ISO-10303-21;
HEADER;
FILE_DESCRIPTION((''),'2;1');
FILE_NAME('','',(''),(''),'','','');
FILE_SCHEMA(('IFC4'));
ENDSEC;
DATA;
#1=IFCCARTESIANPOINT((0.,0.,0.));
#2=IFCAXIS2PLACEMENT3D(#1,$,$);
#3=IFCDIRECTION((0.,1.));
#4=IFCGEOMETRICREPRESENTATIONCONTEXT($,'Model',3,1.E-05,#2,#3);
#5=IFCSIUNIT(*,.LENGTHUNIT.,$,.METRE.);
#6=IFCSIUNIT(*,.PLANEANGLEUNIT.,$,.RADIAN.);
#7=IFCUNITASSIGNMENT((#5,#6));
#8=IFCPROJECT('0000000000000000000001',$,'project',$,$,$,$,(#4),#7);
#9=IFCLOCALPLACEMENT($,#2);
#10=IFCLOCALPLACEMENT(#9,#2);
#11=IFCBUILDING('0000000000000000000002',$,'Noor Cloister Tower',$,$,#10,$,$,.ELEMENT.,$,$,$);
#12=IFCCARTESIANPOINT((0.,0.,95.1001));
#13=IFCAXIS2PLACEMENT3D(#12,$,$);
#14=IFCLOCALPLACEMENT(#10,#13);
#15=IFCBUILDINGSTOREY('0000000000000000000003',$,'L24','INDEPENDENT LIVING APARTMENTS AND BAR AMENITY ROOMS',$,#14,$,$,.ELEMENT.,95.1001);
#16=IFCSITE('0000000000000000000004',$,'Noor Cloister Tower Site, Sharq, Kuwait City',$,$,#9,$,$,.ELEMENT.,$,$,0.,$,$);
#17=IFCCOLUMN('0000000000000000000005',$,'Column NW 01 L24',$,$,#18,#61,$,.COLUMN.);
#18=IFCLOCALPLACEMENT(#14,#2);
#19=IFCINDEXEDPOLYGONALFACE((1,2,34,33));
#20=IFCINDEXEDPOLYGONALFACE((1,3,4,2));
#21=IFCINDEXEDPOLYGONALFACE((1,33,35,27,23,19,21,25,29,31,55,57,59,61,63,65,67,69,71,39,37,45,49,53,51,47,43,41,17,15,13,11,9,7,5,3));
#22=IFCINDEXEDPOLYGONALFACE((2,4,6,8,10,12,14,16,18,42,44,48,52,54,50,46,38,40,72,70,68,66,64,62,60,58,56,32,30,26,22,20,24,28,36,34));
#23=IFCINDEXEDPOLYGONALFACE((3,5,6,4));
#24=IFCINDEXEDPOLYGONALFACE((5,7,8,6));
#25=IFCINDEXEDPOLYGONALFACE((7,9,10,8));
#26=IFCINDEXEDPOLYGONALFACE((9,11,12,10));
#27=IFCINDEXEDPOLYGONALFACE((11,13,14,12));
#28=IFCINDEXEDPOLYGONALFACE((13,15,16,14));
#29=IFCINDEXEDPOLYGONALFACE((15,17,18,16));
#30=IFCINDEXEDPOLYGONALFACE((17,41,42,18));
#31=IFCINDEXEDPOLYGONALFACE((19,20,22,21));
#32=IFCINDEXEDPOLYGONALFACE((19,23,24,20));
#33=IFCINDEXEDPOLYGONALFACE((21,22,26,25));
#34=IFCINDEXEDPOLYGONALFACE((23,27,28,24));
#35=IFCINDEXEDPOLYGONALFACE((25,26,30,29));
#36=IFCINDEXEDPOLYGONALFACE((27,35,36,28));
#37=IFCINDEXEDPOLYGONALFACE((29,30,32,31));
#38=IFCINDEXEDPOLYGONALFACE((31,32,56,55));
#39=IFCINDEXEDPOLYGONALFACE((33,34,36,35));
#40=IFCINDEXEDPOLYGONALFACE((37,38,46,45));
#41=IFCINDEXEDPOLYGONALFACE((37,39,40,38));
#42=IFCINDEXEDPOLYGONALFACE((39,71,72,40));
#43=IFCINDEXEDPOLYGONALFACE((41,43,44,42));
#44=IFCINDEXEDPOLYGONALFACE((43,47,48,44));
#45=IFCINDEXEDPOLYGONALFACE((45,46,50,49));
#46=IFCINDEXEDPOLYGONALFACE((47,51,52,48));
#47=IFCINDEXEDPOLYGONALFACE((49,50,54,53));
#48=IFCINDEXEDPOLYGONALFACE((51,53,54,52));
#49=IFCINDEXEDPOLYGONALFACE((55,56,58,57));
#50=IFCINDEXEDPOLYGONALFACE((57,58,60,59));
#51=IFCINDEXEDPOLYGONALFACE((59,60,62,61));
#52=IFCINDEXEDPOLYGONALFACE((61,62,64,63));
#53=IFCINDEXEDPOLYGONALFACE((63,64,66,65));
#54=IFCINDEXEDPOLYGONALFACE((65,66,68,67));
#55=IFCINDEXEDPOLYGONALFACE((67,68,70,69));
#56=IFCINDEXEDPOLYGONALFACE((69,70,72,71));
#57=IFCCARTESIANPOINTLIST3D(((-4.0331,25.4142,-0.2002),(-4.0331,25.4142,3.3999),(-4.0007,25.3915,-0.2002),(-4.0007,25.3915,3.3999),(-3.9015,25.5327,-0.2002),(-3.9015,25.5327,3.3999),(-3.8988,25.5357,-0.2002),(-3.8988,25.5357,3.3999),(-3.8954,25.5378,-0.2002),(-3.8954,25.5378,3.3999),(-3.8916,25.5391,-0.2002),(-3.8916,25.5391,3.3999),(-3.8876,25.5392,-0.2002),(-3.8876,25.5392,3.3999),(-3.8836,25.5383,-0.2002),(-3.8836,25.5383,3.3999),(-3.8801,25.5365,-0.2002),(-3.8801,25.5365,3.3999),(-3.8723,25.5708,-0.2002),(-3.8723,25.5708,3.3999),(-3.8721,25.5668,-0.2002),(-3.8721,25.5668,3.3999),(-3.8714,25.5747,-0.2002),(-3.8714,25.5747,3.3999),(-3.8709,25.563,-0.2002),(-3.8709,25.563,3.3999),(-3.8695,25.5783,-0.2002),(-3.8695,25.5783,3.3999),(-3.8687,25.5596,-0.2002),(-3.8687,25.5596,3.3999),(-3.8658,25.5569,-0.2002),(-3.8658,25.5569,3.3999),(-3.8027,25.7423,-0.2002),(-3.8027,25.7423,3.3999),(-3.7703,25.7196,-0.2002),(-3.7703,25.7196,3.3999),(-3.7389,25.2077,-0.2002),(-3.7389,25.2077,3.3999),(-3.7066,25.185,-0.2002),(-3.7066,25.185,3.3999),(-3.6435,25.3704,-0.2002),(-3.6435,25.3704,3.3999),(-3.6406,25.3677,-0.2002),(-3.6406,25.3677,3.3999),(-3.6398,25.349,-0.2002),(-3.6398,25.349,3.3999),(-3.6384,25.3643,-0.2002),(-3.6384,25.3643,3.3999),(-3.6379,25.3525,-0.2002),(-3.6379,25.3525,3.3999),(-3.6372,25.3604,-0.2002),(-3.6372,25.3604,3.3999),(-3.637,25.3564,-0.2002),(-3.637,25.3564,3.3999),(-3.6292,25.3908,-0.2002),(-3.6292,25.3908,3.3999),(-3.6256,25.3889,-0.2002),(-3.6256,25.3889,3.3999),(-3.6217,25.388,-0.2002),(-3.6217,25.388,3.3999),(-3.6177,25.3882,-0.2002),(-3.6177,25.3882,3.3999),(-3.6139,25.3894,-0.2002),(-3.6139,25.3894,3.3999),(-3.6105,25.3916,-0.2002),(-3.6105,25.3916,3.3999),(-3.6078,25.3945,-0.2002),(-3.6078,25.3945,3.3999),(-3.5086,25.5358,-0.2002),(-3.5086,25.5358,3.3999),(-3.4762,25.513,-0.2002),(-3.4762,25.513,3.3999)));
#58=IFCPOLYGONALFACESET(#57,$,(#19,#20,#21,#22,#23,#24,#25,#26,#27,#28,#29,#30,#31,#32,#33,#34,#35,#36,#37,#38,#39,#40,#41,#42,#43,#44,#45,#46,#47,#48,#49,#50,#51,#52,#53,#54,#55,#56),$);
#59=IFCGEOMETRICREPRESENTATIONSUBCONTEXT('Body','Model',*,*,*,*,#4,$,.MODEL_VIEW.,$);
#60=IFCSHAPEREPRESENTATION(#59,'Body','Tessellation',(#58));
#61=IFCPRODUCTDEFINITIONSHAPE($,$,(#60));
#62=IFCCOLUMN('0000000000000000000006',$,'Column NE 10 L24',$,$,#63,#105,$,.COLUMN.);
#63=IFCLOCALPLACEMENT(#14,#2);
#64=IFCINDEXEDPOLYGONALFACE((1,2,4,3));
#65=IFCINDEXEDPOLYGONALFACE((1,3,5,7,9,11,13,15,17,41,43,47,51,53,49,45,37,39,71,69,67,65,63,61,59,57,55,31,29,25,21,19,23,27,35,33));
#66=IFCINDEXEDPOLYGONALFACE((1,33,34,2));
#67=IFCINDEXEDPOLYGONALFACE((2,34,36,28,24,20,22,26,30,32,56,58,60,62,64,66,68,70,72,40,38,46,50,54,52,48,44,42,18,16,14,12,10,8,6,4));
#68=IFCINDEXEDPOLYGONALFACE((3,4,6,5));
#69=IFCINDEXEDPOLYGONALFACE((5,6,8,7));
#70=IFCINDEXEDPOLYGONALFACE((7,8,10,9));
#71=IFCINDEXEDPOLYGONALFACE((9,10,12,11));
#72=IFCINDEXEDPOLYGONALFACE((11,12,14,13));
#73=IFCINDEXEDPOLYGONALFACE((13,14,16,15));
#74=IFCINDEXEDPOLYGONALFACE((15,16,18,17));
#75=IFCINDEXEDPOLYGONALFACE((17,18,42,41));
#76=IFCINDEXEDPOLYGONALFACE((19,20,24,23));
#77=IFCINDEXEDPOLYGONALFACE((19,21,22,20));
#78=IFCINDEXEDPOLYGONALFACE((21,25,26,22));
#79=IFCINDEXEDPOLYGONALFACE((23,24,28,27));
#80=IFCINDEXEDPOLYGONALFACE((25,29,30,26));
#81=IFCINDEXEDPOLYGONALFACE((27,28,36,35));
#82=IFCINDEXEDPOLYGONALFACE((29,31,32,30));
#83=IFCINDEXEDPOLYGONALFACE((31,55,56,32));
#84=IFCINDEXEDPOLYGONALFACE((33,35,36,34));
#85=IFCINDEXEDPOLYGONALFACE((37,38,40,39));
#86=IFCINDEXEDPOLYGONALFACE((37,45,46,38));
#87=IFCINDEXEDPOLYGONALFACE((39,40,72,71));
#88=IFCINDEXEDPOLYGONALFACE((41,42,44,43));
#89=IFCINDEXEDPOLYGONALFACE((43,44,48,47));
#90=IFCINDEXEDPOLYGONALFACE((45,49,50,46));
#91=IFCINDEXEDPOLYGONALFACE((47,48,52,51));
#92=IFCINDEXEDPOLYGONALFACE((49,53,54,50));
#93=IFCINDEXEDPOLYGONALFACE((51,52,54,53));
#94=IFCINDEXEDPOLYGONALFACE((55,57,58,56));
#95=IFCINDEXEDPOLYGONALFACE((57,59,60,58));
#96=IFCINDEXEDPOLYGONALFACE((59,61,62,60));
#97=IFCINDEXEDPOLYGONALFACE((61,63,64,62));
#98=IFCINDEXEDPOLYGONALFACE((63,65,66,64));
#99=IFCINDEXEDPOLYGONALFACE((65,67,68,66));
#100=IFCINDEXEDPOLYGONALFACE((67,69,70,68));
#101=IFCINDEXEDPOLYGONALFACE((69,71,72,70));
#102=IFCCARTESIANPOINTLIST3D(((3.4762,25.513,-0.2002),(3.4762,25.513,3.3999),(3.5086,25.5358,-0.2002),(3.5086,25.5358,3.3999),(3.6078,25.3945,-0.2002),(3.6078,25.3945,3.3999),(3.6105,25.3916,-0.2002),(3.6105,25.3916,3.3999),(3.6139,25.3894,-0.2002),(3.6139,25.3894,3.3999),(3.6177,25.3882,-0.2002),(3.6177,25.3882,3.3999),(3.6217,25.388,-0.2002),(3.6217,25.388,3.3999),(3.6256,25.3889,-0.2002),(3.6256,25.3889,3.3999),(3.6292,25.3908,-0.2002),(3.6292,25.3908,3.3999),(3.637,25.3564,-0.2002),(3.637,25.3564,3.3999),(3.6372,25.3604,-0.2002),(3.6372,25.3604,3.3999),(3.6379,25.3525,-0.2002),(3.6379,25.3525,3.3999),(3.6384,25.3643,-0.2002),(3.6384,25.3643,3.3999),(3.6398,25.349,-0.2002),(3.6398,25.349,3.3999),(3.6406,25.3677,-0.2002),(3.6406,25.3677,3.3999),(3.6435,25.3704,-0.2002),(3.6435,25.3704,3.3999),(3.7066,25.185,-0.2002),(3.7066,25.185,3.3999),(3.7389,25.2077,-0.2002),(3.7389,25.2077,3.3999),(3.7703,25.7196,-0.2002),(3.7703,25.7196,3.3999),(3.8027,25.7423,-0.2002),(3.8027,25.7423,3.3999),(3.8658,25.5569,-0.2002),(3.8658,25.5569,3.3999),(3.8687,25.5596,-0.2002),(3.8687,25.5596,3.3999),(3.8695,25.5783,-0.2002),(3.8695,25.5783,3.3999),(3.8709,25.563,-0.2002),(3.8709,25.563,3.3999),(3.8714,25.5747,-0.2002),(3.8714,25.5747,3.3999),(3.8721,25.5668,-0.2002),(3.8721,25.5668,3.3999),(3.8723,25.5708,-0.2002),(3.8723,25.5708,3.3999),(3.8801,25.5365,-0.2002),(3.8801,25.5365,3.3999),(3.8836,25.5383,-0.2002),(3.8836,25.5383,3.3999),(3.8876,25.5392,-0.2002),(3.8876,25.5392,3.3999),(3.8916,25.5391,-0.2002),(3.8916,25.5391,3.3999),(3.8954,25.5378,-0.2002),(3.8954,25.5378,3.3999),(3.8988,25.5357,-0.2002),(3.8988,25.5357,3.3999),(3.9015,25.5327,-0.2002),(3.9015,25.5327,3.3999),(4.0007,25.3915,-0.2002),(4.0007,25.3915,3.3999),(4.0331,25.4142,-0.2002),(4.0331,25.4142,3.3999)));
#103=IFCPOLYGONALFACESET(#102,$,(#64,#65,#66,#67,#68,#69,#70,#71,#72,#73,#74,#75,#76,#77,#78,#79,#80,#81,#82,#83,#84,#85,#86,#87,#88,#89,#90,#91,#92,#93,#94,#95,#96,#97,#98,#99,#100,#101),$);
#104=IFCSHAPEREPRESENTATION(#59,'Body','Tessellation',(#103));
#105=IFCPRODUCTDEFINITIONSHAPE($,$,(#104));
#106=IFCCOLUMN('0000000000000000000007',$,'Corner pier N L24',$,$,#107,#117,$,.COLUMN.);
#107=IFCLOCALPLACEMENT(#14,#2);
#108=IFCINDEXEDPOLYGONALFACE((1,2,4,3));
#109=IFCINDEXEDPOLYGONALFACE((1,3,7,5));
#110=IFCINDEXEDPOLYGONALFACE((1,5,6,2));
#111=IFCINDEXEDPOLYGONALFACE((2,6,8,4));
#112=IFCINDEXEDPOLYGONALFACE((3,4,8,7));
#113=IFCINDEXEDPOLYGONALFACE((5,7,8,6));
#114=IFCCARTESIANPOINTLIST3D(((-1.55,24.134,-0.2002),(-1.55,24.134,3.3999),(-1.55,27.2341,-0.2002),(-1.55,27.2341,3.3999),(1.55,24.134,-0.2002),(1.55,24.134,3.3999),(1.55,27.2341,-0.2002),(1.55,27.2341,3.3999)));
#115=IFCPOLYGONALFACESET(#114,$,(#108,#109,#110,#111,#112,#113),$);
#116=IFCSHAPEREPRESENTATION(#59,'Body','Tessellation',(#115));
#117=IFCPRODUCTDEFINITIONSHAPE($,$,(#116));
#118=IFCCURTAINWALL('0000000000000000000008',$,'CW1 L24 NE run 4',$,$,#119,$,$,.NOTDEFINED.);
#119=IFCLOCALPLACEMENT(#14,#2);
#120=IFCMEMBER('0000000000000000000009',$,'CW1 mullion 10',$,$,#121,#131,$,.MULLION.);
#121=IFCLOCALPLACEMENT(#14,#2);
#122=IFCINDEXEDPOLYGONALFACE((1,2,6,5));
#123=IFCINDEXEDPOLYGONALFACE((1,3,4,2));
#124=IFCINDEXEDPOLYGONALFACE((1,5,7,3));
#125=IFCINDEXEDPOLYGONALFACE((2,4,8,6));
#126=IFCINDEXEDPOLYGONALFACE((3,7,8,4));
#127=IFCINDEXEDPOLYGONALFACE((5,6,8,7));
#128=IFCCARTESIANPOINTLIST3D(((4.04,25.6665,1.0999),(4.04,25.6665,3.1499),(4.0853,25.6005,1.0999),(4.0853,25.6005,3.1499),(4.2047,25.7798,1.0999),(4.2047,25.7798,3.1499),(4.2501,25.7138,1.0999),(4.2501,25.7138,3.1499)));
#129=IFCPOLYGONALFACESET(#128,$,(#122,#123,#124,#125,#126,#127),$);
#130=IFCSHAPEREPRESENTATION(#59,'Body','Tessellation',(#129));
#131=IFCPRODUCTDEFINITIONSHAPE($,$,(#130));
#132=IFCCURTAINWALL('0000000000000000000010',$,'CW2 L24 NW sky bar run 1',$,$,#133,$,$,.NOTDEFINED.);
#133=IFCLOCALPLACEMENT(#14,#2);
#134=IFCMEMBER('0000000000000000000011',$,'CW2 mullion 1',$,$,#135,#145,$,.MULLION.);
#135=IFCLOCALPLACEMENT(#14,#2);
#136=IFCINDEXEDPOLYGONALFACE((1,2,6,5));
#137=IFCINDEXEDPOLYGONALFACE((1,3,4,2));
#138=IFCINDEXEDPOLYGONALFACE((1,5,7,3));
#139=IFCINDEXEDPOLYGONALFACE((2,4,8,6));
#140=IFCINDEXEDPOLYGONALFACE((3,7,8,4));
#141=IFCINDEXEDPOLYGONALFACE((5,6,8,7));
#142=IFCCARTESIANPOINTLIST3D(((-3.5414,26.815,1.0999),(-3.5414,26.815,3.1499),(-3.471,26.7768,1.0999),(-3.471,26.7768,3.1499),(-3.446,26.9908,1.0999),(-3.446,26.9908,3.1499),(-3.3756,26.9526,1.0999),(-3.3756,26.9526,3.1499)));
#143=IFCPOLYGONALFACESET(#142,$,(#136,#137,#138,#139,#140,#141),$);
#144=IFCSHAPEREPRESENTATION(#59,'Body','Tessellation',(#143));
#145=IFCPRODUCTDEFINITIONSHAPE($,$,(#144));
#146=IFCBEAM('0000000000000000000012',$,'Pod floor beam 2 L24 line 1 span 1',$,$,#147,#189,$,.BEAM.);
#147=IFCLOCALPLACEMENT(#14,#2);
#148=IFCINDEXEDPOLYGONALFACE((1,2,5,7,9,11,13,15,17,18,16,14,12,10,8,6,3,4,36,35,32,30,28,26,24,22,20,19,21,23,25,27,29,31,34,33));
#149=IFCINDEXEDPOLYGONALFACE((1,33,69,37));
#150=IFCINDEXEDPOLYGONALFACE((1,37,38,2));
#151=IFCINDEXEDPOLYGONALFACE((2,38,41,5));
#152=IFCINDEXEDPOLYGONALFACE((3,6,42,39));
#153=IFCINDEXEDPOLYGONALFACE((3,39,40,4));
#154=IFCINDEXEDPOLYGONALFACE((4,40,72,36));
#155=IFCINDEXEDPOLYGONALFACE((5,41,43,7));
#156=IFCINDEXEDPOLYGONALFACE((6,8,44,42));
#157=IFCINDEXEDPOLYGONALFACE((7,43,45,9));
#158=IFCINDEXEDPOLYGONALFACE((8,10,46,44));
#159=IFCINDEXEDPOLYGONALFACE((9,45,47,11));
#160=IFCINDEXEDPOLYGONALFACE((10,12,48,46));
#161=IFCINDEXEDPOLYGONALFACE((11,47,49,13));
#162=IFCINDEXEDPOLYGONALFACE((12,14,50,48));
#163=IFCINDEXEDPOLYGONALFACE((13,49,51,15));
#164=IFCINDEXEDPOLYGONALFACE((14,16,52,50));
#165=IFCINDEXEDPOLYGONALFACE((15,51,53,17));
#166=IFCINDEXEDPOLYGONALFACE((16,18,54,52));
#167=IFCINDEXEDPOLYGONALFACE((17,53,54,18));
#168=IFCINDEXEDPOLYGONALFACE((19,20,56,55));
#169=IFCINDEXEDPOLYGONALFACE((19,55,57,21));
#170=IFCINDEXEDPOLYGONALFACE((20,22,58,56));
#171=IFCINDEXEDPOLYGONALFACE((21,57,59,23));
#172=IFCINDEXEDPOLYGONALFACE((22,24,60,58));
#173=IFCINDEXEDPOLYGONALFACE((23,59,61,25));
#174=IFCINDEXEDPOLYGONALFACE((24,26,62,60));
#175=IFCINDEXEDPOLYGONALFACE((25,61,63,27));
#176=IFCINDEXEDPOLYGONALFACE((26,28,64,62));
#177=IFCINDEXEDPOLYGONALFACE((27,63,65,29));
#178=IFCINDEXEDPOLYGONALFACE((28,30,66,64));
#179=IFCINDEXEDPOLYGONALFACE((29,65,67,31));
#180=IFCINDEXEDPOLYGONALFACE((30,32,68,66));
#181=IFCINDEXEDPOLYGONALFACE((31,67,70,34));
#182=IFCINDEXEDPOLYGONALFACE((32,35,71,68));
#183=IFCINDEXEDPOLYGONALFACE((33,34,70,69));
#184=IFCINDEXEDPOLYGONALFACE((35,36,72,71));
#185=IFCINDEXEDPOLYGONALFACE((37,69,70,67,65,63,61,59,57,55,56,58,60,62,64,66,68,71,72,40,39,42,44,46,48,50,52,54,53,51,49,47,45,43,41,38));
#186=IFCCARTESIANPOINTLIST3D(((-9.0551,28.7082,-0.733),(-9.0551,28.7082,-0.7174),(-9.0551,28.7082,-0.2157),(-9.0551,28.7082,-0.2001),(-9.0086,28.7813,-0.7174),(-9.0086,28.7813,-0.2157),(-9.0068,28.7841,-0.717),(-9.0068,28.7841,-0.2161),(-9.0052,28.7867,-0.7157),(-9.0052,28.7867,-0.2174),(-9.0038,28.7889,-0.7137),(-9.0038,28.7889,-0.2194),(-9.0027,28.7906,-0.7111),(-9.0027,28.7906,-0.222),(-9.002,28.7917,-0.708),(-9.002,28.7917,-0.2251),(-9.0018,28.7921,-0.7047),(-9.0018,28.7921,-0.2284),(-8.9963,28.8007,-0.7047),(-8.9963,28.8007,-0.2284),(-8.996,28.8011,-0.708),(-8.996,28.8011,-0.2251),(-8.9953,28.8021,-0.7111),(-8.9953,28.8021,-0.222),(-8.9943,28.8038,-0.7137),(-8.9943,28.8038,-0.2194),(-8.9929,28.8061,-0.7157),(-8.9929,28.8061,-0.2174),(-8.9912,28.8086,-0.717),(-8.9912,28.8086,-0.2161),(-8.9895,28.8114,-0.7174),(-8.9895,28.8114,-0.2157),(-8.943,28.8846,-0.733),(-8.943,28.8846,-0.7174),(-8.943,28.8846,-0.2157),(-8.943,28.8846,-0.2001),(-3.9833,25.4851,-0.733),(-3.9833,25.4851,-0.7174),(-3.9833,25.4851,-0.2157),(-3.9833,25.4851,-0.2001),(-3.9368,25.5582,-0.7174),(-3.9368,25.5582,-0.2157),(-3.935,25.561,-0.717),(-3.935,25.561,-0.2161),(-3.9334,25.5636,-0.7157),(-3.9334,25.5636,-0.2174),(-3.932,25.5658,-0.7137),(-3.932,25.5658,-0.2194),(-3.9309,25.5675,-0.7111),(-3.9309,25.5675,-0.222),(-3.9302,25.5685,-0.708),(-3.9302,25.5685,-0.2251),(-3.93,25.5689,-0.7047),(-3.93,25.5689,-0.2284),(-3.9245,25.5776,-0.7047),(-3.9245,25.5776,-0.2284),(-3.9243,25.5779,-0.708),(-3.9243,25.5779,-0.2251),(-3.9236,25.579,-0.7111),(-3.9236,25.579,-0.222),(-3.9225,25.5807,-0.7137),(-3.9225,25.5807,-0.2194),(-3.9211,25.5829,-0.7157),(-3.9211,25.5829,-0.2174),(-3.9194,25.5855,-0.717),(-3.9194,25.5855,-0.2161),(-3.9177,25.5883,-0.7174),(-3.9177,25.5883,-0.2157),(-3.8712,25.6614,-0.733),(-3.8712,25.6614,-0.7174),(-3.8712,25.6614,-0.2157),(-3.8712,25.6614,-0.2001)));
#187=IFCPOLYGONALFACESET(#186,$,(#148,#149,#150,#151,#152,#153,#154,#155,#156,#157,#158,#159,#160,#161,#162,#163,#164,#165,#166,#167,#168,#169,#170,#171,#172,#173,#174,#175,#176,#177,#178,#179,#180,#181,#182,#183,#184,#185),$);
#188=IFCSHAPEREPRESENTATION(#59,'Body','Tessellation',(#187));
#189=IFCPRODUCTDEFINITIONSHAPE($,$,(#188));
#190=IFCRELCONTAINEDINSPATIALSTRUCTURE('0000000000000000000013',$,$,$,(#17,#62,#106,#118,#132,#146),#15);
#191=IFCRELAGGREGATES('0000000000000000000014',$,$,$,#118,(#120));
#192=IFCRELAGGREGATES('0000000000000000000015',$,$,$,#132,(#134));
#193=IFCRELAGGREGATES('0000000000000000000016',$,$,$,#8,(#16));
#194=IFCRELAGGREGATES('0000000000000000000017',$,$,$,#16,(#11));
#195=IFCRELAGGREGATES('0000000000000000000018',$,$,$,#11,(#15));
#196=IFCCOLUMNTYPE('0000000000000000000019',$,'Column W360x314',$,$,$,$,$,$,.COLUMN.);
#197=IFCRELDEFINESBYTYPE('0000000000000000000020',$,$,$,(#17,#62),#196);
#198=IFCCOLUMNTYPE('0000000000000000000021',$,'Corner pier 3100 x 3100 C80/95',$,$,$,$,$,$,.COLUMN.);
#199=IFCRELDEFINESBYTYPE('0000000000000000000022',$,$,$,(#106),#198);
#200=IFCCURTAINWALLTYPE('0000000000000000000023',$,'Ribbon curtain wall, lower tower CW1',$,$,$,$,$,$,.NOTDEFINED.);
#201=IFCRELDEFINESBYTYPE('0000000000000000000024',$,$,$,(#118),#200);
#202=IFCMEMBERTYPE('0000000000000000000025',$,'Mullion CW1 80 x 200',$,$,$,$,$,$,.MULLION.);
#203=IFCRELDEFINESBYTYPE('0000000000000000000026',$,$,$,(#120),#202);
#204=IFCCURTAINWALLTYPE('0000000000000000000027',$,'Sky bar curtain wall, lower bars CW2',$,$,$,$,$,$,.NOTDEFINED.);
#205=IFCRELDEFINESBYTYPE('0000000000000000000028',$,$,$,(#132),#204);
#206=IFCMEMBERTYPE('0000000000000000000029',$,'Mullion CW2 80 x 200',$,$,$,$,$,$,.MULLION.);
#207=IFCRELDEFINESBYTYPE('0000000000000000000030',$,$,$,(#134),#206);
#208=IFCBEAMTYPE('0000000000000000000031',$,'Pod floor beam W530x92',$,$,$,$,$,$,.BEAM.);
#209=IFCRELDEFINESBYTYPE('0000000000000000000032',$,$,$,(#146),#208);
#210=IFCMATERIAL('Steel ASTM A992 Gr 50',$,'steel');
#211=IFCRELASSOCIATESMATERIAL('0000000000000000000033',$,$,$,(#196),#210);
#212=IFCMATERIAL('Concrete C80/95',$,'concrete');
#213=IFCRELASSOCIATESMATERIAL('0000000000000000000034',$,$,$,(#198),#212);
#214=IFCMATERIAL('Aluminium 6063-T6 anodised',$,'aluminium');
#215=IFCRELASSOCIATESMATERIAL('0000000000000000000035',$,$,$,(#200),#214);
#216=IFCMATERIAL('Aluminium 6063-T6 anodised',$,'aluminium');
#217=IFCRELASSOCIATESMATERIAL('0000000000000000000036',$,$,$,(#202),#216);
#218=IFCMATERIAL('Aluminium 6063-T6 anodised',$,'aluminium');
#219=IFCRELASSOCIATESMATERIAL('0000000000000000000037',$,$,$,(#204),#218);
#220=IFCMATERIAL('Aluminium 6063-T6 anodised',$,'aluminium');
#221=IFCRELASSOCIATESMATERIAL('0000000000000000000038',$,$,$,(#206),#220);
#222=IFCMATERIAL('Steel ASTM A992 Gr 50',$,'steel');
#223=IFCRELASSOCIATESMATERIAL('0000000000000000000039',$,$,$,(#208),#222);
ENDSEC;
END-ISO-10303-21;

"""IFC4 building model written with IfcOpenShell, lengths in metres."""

from ifc_helpers import new_model, si_unit, direction, frame, origin, origin_2d, place, context, subcontext, project, spatial, rectangle, i_section, extrude, material, material_profile, profile_set, type_object, element, aggregate, save


model = new_model("IFC4")

# Units and contexts
model_context = context("Model", 3, precision=1e-05, world=origin(), true_north=direction((0.0, 1.0)))
body_context = subcontext(model_context, "Body", "Model", "MODEL_VIEW")
ifc_project = project(units=[si_unit("LENGTHUNIT", "METRE"), si_unit("PLANEANGLEUNIT", "RADIAN")], contexts=[model_context])

# Site, building, storey
site_placement = place(None, origin())
site = spatial("IfcSite", under=ifc_project, at=site_placement, Name="Noor Cloister Tower Site, Sharq, Kuwait City", CompositionType="ELEMENT", RefElevation=0.0)
building_placement = place(site_placement, origin())
building = spatial("IfcBuilding", under=site, at=building_placement, Name="Noor Cloister Tower", CompositionType="ELEMENT")
storey_placement = place(building_placement, frame((0.0, 0.0, 95.1001)))
storey = spatial("IfcBuildingStorey", under=building, at=storey_placement, Name="L24", Description="INDEPENDENT LIVING APARTMENTS AND BAR AMENITY ROOMS", CompositionType="ELEMENT", Elevation=95.1001)

# Columns
ifc_material_1 = material(Name="Steel ASTM A992 Gr 50", Category="steel")
ifc_material_profile_1 = material_profile(ifc_material_1, i_section(OverallWidth=0.4009, OverallDepth=0.3989, WebThickness=0.0249, FlangeThickness=0.0396, FilletRadius=0.0154, at=origin_2d()), Name="W360x314")
ifc_profile_set_1 = profile_set([ifc_material_profile_1], Name="Steel ASTM A992 Gr 50")
column_type_1 = type_object("IfcColumnType", Name="Column W360x314", PredefinedType="COLUMN", material=ifc_profile_set_1)
for number, where, z_axis, x_axis, name in (
    (1, (-3.7546, 25.4636, -0.2002), (0.0, 0.0, 1.0), (-0.574648, -0.818401, 0.0), "Column NW 01 L24"),
    (2, (3.7546, 25.4636, -0.2002), (0.0, 0.0, 1.0), (-0.574648, 0.818401, 0.0), "Column NE 10 L24"),
):
    element("IfcColumn", number, at=place(storey_placement, frame(where, z_axis=z_axis, x_axis=x_axis)), inside=storey, type_object=column_type_1, Name=name, PredefinedType="COLUMN", context=body_context, shape_type="SweptSolid", body=[
        extrude(i_section(OverallWidth=0.4009, OverallDepth=0.3989, WebThickness=0.0249, FlangeThickness=0.0396, FilletRadius=0.0154, at=origin_2d()), origin(), (0.0, 0.0, 1.0), 3.6001),
    ])
ifc_material_2 = material(Name="Concrete C80/95", Category="concrete")
ifc_material_profile_2 = material_profile(ifc_material_2, rectangle(XDim=3.1001, YDim=3.1001, at=origin_2d()), Name="RC 3100x3100")
ifc_profile_set_2 = profile_set([ifc_material_profile_2], Name="Concrete C80/95")
column_type_2 = type_object("IfcColumnType", Name="Corner pier 3100 x 3100 C80/95", PredefinedType="COLUMN", material=ifc_profile_set_2)
column_placement = place(storey_placement, frame((0.0, 25.6841, -0.2002), z_axis=(0.0, 0.0, 1.0), x_axis=(0.0, 1.0, 0.0)))
element("IfcColumn", 3, at=column_placement, inside=storey, type_object=column_type_2, Name="Corner pier N L24", PredefinedType="COLUMN", context=body_context, shape_type="SweptSolid", body=[
    extrude(rectangle(XDim=3.1001, YDim=3.1001, at=origin_2d()), origin(), (0.0, 0.0, 1.0), 3.6001),
])

# Curtain walls, members
ifc_material_3 = material(Name="Aluminium 6063-T6 anodised", Category="aluminium")
curtain_wall_type_1 = type_object("IfcCurtainWallType", Name="Ribbon curtain wall, lower tower CW1", PredefinedType="NOTDEFINED", material=ifc_material_3)
curtain_wall_1_placement = place(storey_placement, origin())
curtain_wall_1 = element("IfcCurtainWall", 4, at=curtain_wall_1_placement, inside=storey, type_object=curtain_wall_type_1, Name="CW1 L24 NE run 4", PredefinedType="NOTDEFINED")
ifc_material_4 = material(Name="Aluminium 6063-T6 anodised", Category="aluminium")
ifc_material_profile_3 = material_profile(ifc_material_4, rectangle(XDim=0.2, YDim=0.0801, at=origin_2d()), Name="200 x 80 mullion")
ifc_profile_set_3 = profile_set([ifc_material_profile_3], Name="Aluminium 6063-T6 anodised")
member_type_1 = type_object("IfcMemberType", Name="Mullion CW1 80 x 200", PredefinedType="MULLION", material=ifc_profile_set_3)
member_1_placement = place(storey_placement, frame((4.145, 25.6902, 1.0999), z_axis=(0.0, 0.0, 1.0), x_axis=(-0.824017, -0.566566, 0.0)))
member_1 = element("IfcMember", 5, at=member_1_placement, type_object=member_type_1, Name="CW1 mullion 10", PredefinedType="MULLION", context=body_context, shape_type="SweptSolid", body=[
    extrude(rectangle(XDim=0.2, YDim=0.0801, at=origin_2d()), origin(), (0.0, 0.0, 1.0), 2.05),
])
aggregate(curtain_wall_1, [member_1])
ifc_material_5 = material(Name="Aluminium 6063-T6 anodised", Category="aluminium")
curtain_wall_type_2 = type_object("IfcCurtainWallType", Name="Sky bar curtain wall, lower bars CW2", PredefinedType="NOTDEFINED", material=ifc_material_5)
curtain_wall_2_placement = place(storey_placement, origin())
curtain_wall_2 = element("IfcCurtainWall", 6, at=curtain_wall_2_placement, inside=storey, type_object=curtain_wall_type_2, Name="CW2 L24 NW sky bar run 1", PredefinedType="NOTDEFINED")
ifc_material_6 = material(Name="Aluminium 6063-T6 anodised", Category="aluminium")
ifc_material_profile_4 = material_profile(ifc_material_6, rectangle(XDim=0.2, YDim=0.0801, at=origin_2d()), Name="200 x 80 mullion")
ifc_profile_set_4 = profile_set([ifc_material_profile_4], Name="Aluminium 6063-T6 anodised")
member_type_2 = type_object("IfcMemberType", Name="Mullion CW2 80 x 200", PredefinedType="MULLION", material=ifc_profile_set_4)
member_2_placement = place(storey_placement, frame((-3.4585, 26.8838, 1.0999), z_axis=(0.0, 0.0, 1.0), x_axis=(-0.476734, -0.879048, 0.0)))
member_2 = element("IfcMember", 7, at=member_2_placement, type_object=member_type_2, Name="CW2 mullion 1", PredefinedType="MULLION", context=body_context, shape_type="SweptSolid", body=[
    extrude(rectangle(XDim=0.2, YDim=0.0801, at=origin_2d()), origin(), (0.0, 0.0, 1.0), 2.05),
])
aggregate(curtain_wall_2, [member_2])

# Beam
ifc_material_7 = material(Name="Steel ASTM A992 Gr 50", Category="steel")
ifc_material_profile_5 = material_profile(ifc_material_7, i_section(OverallWidth=0.209, OverallDepth=0.533, WebThickness=0.0103, FlangeThickness=0.0156, FilletRadius=0.0127, at=origin_2d()), Name="W530x92")
ifc_profile_set_5 = profile_set([ifc_material_profile_5], Name="Steel ASTM A992 Gr 50")
beam_type_1 = type_object("IfcBeamType", Name="Pod floor beam W530x92", PredefinedType="BEAM", material=ifc_profile_set_5)
beam_1_placement = place(storey_placement, frame((-3.9272, 25.5732, -0.4666), z_axis=(-0.843989, 0.53636, 0.0), x_axis=(-0.53636, -0.843989, 0.0)))
element("IfcBeam", 8, at=beam_1_placement, inside=storey, type_object=beam_type_1, Name="Pod floor beam 2 L24 line 1 span 1", PredefinedType="BEAM", context=body_context, shape_type="SweptSolid", body=[
    extrude(i_section(OverallWidth=0.209, OverallDepth=0.533, WebThickness=0.0103, FlangeThickness=0.0156, FilletRadius=0.0127, at=origin_2d()), origin(), (0.0, 0.0, 1.0), 6.0093),
])

save(model, "model.ifc")
